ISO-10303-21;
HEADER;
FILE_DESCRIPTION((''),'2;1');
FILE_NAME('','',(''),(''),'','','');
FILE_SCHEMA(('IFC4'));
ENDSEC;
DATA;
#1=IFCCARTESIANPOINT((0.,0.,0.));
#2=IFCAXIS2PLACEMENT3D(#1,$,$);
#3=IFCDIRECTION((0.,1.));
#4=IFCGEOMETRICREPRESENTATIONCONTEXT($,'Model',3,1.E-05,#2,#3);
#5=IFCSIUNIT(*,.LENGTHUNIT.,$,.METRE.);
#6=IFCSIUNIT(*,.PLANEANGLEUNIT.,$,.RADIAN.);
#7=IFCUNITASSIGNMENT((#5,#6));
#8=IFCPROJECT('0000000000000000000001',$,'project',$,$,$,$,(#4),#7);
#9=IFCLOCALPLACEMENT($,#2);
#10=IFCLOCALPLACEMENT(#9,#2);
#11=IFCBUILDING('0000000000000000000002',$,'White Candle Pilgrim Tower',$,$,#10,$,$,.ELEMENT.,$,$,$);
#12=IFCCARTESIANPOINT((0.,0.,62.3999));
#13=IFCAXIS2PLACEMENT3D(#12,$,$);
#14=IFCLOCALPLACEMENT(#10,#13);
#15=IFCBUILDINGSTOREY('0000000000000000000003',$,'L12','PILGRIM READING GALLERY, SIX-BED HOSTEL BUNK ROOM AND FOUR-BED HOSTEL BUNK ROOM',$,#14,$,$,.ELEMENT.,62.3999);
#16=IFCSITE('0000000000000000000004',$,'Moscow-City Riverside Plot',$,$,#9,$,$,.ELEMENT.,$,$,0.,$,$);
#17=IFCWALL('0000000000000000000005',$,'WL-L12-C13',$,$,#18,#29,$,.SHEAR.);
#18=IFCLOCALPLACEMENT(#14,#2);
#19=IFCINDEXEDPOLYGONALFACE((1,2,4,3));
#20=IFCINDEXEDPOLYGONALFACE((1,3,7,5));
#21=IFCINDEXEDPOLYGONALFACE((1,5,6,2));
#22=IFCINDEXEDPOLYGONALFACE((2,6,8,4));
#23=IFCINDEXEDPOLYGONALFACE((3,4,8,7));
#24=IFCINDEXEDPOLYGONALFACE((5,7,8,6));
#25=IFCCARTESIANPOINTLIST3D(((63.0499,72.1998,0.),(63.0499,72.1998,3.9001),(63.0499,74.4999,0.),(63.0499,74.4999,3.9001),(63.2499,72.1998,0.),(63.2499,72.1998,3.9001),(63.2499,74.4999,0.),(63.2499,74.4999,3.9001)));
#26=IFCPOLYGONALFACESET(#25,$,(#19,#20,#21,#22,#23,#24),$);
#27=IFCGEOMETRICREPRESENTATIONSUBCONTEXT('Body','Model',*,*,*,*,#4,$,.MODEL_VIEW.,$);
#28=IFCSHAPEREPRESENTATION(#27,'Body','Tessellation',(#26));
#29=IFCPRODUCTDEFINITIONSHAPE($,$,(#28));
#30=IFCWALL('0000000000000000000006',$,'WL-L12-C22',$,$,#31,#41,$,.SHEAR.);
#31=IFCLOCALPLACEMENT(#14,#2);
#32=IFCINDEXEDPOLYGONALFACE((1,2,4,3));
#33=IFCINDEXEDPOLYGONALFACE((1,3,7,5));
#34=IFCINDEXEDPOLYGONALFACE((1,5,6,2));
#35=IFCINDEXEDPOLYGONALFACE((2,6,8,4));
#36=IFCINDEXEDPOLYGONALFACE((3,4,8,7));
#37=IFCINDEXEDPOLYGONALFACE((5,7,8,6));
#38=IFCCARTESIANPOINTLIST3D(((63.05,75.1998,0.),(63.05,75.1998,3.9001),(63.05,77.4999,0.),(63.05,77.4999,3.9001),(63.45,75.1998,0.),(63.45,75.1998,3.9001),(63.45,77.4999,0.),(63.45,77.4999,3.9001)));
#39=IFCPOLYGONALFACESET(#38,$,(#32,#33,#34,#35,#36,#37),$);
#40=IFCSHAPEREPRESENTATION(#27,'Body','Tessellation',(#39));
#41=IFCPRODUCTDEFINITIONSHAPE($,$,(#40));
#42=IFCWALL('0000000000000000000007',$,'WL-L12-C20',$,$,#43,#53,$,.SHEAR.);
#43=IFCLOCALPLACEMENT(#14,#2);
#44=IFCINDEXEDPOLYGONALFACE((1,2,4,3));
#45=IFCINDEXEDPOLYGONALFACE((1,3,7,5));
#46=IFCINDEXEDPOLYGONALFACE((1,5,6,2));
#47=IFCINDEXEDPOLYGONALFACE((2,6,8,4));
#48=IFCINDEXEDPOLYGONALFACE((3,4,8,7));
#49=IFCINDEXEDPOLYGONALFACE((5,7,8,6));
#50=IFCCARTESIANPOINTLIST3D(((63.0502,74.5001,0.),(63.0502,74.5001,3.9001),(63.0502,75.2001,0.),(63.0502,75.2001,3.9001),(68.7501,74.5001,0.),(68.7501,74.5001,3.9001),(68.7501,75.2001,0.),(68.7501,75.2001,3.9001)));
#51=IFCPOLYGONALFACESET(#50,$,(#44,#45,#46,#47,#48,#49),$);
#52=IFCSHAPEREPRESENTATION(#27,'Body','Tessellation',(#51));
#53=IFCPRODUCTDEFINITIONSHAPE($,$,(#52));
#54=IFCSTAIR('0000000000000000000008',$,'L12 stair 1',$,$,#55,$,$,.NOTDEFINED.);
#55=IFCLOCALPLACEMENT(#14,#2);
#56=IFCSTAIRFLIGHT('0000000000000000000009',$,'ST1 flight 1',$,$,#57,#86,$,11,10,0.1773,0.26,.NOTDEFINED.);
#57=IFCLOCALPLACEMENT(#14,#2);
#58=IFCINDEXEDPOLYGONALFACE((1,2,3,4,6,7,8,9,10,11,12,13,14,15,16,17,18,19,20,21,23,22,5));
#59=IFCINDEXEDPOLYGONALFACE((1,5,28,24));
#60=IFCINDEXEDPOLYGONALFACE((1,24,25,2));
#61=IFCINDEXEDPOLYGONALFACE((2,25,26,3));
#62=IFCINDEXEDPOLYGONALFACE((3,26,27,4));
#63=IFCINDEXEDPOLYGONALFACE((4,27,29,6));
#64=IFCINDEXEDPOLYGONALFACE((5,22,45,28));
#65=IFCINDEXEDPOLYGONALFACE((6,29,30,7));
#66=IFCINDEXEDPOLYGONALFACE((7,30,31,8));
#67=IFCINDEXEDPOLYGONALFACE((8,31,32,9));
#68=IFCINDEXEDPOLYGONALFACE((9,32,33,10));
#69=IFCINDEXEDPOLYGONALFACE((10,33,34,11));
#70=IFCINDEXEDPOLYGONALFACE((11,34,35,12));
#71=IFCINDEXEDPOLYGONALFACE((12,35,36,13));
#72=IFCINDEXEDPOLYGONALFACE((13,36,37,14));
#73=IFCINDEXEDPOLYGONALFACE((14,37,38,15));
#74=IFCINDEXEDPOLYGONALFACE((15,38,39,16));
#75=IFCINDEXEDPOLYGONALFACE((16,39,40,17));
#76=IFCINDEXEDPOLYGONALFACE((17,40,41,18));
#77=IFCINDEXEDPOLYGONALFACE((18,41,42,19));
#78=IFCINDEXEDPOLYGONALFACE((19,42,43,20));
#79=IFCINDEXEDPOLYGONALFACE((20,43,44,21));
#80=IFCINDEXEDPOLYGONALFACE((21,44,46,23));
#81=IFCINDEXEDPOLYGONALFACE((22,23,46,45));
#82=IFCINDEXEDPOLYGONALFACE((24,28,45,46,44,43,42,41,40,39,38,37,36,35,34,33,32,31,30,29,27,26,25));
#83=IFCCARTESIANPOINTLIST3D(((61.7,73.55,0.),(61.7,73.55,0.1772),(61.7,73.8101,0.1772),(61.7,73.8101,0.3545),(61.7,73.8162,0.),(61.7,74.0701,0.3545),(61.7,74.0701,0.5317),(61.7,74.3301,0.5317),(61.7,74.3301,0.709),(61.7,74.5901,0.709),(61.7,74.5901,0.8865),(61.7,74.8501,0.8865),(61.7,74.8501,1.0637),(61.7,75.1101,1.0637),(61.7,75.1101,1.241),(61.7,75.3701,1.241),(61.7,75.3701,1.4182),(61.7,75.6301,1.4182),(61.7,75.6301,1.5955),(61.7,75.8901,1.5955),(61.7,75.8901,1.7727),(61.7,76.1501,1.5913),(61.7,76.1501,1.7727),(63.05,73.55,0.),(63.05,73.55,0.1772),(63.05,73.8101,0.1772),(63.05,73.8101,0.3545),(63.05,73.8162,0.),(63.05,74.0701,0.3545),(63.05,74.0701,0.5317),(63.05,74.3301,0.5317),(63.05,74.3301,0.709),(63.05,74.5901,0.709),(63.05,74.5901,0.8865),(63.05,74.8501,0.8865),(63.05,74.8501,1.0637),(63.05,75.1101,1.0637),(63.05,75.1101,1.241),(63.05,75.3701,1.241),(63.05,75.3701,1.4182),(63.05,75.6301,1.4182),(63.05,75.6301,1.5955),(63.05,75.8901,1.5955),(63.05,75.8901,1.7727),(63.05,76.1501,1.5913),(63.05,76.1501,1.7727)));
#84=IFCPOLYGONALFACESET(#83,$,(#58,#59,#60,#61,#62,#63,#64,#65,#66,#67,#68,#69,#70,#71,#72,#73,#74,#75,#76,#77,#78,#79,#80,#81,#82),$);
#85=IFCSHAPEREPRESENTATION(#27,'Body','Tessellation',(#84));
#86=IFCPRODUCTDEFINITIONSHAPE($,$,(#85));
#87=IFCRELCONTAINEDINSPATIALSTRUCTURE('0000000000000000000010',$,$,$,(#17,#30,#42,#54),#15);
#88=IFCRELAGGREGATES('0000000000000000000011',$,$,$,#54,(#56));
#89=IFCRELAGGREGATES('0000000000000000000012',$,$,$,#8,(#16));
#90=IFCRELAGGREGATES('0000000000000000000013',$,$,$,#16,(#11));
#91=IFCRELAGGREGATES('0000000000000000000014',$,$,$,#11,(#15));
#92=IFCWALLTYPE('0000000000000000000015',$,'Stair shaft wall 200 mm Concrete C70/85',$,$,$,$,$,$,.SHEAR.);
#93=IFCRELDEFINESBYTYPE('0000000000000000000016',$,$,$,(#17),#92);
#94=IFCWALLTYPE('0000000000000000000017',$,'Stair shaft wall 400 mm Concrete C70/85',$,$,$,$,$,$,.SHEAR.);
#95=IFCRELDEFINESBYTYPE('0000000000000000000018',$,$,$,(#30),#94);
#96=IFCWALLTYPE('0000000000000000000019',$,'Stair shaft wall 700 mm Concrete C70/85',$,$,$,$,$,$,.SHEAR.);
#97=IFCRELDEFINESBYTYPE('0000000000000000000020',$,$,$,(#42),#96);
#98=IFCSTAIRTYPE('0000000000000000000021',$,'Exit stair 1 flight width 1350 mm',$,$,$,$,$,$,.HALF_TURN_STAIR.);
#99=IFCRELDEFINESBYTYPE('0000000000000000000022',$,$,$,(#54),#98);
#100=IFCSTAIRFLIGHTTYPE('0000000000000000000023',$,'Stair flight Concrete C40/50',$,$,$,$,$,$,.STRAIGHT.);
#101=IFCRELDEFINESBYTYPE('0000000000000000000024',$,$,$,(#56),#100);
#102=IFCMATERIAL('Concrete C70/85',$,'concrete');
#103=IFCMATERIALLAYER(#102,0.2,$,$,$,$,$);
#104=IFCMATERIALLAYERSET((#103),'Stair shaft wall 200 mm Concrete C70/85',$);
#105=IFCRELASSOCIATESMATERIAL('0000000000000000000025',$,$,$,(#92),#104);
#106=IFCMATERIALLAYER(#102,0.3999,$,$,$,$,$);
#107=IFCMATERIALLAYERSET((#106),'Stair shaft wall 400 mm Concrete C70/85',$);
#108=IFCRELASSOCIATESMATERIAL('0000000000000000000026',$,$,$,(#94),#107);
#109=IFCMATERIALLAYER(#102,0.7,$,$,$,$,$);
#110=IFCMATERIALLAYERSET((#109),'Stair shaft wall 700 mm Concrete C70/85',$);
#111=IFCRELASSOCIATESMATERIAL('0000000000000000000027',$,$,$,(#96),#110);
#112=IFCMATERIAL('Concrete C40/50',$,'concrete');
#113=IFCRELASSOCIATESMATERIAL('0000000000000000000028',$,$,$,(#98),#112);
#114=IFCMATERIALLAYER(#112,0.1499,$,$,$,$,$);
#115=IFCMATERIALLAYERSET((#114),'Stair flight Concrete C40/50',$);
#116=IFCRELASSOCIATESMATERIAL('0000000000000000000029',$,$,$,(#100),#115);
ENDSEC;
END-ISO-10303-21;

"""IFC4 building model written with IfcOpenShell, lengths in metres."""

from ifc_helpers import new_model, si_unit, direction, frame, frame_2d, origin, place, context, subcontext, project, spatial, polyline, rectangle, outline, extrude, material, layer, layer_set, type_object, element, aggregate, save


model = new_model("IFC4")

# Units and contexts
model_context = context("Model", 3, precision=1e-05, world=origin(), true_north=direction((0.0, 1.0)))
body_context = subcontext(model_context, "Body", "Model", "MODEL_VIEW")
ifc_project = project(units=[si_unit("LENGTHUNIT", "METRE"), si_unit("PLANEANGLEUNIT", "RADIAN")], contexts=[model_context])

# Site, building, storey
site_placement = place(None, origin())
site = spatial("IfcSite", under=ifc_project, at=site_placement, Name="Moscow-City Riverside Plot", CompositionType="ELEMENT", RefElevation=0.0)
building_placement = place(site_placement, origin())
building = spatial("IfcBuilding", under=site, at=building_placement, Name="White Candle Pilgrim Tower", CompositionType="ELEMENT")
storey_placement = place(building_placement, frame((0.0, 0.0, 62.3999)))
storey = spatial("IfcBuildingStorey", under=building, at=storey_placement, Name="L12", Description="PILGRIM READING GALLERY, SIX-BED HOSTEL BUNK ROOM AND FOUR-BED HOSTEL BUNK ROOM", CompositionType="ELEMENT", Elevation=62.3999)

# Shared definitions
ifc_material_1 = material(Name="Concrete C70/85", Category="concrete")

# Walls
ifc_layer_1 = layer(ifc_material_1, 0.2)
ifc_layer_set_1 = layer_set([ifc_layer_1], Name="Stair shaft wall 200 mm Concrete C70/85")
wall_type_1 = type_object("IfcWallType", Name="Stair shaft wall 200 mm Concrete C70/85", PredefinedType="SHEAR", material=ifc_layer_set_1)
wall_1_placement = place(storey_placement, frame((63.1499, 72.2, 0.0), z_axis=(0.0, 0.0, 1.0), x_axis=(0.0, 1.0, 0.0)))
element("IfcWall", 1, at=wall_1_placement, inside=storey, type_object=wall_type_1, Name="WL-L12-C13", PredefinedType="SHEAR", context=body_context, shape_type="SweptSolid", body=[
    extrude(rectangle(XDim=2.3, YDim=0.2, at=frame_2d((1.1499, 0.0))), origin(), (0.0, 0.0, 1.0), 3.9001),
])
ifc_layer_2 = layer(ifc_material_1, 0.3999)
ifc_layer_set_2 = layer_set([ifc_layer_2], Name="Stair shaft wall 400 mm Concrete C70/85")
wall_type_2 = type_object("IfcWallType", Name="Stair shaft wall 400 mm Concrete C70/85", PredefinedType="SHEAR", material=ifc_layer_set_2)
wall_2_placement = place(storey_placement, frame((63.25, 75.2, 0.0), z_axis=(0.0, 0.0, 1.0), x_axis=(0.0, 1.0, 0.0)))
element("IfcWall", 2, at=wall_2_placement, inside=storey, type_object=wall_type_2, Name="WL-L12-C22", PredefinedType="SHEAR", context=body_context, shape_type="SweptSolid", body=[
    extrude(rectangle(XDim=2.3, YDim=0.3999, at=frame_2d((1.1499, 0.0))), origin(), (0.0, 0.0, 1.0), 3.9001),
])
ifc_layer_3 = layer(ifc_material_1, 0.7)
ifc_layer_set_3 = layer_set([ifc_layer_3], Name="Stair shaft wall 700 mm Concrete C70/85")
wall_type_3 = type_object("IfcWallType", Name="Stair shaft wall 700 mm Concrete C70/85", PredefinedType="SHEAR", material=ifc_layer_set_3)
wall_3_placement = place(storey_placement, frame((63.05, 74.8501, 0.0), z_axis=(0.0, 0.0, 1.0), x_axis=(1.0, 0.0, 0.0)))
element("IfcWall", 3, at=wall_3_placement, inside=storey, type_object=wall_type_3, Name="WL-L12-C20", PredefinedType="SHEAR", context=body_context, shape_type="SweptSolid", body=[
    extrude(rectangle(XDim=5.7, YDim=0.7, at=frame_2d((2.8501, 0.0))), origin(), (0.0, 0.0, 1.0), 3.9001),
])

# Stair, stair flight
ifc_material_2 = material(Name="Concrete C40/50", Category="concrete")
stair_type = type_object("IfcStairType", Name="Exit stair 1 flight width 1350 mm", PredefinedType="HALF_TURN_STAIR", material=ifc_material_2)
stair_placement = place(storey_placement, origin())
stair = element("IfcStair", 4, at=stair_placement, inside=storey, type_object=stair_type, Name="L12 stair 1", PredefinedType="NOTDEFINED")
ifc_layer_4 = layer(ifc_material_2, 0.1499)
ifc_layer_set_4 = layer_set([ifc_layer_4], Name="Stair flight Concrete C40/50")
stair_flight_type = type_object("IfcStairFlightType", Name="Stair flight Concrete C40/50", PredefinedType="STRAIGHT", material=ifc_layer_set_4)
stair_flight_placement = place(storey_placement, frame((62.375, 73.55, 0.0), z_axis=(0.0, 0.0, 1.0), x_axis=(0.0, 1.0, 0.0)))
stair_flight = element("IfcStairFlight", 5, at=stair_flight_placement, type_object=stair_flight_type, Name="ST1 flight 1", NumberOfRisers=11, NumberOfTreads=10, PredefinedType="NOTDEFINED", RiserHeight=0.1773, TreadLength=0.26, context=body_context, shape_type="SweptSolid", body=[
    extrude(outline(polyline([(0.0, 0.0), (0.0, 0.1772), (0.26, 0.1772), (0.26, 0.3545), (0.52, 0.3545), (0.52, 0.5317), (0.78, 0.5317), (0.78, 0.709), (1.04, 0.709), (1.04, 0.8865), (1.3, 0.8865), (1.3, 1.0637), (1.5601, 1.0637), (1.5601, 1.241), (1.8201, 1.241), (1.8201, 1.4182), (2.0801, 1.4182), (2.0801, 1.5955), (2.3401, 1.5955), (2.3401, 1.7727), (2.6001, 1.7727), (2.6001, 1.95), (2.6001, 1.5913), (0.2661, 0.0), (0.0, 0.0)])), frame((0.0, 0.675, 0.0), z_axis=(0.0, -1.0, 0.0), x_axis=(1.0, 0.0, 0.0)), (0.0, 0.0, 1.0), 1.3501),
])
aggregate(stair, [stair_flight])

save(model, "model.ifc")
